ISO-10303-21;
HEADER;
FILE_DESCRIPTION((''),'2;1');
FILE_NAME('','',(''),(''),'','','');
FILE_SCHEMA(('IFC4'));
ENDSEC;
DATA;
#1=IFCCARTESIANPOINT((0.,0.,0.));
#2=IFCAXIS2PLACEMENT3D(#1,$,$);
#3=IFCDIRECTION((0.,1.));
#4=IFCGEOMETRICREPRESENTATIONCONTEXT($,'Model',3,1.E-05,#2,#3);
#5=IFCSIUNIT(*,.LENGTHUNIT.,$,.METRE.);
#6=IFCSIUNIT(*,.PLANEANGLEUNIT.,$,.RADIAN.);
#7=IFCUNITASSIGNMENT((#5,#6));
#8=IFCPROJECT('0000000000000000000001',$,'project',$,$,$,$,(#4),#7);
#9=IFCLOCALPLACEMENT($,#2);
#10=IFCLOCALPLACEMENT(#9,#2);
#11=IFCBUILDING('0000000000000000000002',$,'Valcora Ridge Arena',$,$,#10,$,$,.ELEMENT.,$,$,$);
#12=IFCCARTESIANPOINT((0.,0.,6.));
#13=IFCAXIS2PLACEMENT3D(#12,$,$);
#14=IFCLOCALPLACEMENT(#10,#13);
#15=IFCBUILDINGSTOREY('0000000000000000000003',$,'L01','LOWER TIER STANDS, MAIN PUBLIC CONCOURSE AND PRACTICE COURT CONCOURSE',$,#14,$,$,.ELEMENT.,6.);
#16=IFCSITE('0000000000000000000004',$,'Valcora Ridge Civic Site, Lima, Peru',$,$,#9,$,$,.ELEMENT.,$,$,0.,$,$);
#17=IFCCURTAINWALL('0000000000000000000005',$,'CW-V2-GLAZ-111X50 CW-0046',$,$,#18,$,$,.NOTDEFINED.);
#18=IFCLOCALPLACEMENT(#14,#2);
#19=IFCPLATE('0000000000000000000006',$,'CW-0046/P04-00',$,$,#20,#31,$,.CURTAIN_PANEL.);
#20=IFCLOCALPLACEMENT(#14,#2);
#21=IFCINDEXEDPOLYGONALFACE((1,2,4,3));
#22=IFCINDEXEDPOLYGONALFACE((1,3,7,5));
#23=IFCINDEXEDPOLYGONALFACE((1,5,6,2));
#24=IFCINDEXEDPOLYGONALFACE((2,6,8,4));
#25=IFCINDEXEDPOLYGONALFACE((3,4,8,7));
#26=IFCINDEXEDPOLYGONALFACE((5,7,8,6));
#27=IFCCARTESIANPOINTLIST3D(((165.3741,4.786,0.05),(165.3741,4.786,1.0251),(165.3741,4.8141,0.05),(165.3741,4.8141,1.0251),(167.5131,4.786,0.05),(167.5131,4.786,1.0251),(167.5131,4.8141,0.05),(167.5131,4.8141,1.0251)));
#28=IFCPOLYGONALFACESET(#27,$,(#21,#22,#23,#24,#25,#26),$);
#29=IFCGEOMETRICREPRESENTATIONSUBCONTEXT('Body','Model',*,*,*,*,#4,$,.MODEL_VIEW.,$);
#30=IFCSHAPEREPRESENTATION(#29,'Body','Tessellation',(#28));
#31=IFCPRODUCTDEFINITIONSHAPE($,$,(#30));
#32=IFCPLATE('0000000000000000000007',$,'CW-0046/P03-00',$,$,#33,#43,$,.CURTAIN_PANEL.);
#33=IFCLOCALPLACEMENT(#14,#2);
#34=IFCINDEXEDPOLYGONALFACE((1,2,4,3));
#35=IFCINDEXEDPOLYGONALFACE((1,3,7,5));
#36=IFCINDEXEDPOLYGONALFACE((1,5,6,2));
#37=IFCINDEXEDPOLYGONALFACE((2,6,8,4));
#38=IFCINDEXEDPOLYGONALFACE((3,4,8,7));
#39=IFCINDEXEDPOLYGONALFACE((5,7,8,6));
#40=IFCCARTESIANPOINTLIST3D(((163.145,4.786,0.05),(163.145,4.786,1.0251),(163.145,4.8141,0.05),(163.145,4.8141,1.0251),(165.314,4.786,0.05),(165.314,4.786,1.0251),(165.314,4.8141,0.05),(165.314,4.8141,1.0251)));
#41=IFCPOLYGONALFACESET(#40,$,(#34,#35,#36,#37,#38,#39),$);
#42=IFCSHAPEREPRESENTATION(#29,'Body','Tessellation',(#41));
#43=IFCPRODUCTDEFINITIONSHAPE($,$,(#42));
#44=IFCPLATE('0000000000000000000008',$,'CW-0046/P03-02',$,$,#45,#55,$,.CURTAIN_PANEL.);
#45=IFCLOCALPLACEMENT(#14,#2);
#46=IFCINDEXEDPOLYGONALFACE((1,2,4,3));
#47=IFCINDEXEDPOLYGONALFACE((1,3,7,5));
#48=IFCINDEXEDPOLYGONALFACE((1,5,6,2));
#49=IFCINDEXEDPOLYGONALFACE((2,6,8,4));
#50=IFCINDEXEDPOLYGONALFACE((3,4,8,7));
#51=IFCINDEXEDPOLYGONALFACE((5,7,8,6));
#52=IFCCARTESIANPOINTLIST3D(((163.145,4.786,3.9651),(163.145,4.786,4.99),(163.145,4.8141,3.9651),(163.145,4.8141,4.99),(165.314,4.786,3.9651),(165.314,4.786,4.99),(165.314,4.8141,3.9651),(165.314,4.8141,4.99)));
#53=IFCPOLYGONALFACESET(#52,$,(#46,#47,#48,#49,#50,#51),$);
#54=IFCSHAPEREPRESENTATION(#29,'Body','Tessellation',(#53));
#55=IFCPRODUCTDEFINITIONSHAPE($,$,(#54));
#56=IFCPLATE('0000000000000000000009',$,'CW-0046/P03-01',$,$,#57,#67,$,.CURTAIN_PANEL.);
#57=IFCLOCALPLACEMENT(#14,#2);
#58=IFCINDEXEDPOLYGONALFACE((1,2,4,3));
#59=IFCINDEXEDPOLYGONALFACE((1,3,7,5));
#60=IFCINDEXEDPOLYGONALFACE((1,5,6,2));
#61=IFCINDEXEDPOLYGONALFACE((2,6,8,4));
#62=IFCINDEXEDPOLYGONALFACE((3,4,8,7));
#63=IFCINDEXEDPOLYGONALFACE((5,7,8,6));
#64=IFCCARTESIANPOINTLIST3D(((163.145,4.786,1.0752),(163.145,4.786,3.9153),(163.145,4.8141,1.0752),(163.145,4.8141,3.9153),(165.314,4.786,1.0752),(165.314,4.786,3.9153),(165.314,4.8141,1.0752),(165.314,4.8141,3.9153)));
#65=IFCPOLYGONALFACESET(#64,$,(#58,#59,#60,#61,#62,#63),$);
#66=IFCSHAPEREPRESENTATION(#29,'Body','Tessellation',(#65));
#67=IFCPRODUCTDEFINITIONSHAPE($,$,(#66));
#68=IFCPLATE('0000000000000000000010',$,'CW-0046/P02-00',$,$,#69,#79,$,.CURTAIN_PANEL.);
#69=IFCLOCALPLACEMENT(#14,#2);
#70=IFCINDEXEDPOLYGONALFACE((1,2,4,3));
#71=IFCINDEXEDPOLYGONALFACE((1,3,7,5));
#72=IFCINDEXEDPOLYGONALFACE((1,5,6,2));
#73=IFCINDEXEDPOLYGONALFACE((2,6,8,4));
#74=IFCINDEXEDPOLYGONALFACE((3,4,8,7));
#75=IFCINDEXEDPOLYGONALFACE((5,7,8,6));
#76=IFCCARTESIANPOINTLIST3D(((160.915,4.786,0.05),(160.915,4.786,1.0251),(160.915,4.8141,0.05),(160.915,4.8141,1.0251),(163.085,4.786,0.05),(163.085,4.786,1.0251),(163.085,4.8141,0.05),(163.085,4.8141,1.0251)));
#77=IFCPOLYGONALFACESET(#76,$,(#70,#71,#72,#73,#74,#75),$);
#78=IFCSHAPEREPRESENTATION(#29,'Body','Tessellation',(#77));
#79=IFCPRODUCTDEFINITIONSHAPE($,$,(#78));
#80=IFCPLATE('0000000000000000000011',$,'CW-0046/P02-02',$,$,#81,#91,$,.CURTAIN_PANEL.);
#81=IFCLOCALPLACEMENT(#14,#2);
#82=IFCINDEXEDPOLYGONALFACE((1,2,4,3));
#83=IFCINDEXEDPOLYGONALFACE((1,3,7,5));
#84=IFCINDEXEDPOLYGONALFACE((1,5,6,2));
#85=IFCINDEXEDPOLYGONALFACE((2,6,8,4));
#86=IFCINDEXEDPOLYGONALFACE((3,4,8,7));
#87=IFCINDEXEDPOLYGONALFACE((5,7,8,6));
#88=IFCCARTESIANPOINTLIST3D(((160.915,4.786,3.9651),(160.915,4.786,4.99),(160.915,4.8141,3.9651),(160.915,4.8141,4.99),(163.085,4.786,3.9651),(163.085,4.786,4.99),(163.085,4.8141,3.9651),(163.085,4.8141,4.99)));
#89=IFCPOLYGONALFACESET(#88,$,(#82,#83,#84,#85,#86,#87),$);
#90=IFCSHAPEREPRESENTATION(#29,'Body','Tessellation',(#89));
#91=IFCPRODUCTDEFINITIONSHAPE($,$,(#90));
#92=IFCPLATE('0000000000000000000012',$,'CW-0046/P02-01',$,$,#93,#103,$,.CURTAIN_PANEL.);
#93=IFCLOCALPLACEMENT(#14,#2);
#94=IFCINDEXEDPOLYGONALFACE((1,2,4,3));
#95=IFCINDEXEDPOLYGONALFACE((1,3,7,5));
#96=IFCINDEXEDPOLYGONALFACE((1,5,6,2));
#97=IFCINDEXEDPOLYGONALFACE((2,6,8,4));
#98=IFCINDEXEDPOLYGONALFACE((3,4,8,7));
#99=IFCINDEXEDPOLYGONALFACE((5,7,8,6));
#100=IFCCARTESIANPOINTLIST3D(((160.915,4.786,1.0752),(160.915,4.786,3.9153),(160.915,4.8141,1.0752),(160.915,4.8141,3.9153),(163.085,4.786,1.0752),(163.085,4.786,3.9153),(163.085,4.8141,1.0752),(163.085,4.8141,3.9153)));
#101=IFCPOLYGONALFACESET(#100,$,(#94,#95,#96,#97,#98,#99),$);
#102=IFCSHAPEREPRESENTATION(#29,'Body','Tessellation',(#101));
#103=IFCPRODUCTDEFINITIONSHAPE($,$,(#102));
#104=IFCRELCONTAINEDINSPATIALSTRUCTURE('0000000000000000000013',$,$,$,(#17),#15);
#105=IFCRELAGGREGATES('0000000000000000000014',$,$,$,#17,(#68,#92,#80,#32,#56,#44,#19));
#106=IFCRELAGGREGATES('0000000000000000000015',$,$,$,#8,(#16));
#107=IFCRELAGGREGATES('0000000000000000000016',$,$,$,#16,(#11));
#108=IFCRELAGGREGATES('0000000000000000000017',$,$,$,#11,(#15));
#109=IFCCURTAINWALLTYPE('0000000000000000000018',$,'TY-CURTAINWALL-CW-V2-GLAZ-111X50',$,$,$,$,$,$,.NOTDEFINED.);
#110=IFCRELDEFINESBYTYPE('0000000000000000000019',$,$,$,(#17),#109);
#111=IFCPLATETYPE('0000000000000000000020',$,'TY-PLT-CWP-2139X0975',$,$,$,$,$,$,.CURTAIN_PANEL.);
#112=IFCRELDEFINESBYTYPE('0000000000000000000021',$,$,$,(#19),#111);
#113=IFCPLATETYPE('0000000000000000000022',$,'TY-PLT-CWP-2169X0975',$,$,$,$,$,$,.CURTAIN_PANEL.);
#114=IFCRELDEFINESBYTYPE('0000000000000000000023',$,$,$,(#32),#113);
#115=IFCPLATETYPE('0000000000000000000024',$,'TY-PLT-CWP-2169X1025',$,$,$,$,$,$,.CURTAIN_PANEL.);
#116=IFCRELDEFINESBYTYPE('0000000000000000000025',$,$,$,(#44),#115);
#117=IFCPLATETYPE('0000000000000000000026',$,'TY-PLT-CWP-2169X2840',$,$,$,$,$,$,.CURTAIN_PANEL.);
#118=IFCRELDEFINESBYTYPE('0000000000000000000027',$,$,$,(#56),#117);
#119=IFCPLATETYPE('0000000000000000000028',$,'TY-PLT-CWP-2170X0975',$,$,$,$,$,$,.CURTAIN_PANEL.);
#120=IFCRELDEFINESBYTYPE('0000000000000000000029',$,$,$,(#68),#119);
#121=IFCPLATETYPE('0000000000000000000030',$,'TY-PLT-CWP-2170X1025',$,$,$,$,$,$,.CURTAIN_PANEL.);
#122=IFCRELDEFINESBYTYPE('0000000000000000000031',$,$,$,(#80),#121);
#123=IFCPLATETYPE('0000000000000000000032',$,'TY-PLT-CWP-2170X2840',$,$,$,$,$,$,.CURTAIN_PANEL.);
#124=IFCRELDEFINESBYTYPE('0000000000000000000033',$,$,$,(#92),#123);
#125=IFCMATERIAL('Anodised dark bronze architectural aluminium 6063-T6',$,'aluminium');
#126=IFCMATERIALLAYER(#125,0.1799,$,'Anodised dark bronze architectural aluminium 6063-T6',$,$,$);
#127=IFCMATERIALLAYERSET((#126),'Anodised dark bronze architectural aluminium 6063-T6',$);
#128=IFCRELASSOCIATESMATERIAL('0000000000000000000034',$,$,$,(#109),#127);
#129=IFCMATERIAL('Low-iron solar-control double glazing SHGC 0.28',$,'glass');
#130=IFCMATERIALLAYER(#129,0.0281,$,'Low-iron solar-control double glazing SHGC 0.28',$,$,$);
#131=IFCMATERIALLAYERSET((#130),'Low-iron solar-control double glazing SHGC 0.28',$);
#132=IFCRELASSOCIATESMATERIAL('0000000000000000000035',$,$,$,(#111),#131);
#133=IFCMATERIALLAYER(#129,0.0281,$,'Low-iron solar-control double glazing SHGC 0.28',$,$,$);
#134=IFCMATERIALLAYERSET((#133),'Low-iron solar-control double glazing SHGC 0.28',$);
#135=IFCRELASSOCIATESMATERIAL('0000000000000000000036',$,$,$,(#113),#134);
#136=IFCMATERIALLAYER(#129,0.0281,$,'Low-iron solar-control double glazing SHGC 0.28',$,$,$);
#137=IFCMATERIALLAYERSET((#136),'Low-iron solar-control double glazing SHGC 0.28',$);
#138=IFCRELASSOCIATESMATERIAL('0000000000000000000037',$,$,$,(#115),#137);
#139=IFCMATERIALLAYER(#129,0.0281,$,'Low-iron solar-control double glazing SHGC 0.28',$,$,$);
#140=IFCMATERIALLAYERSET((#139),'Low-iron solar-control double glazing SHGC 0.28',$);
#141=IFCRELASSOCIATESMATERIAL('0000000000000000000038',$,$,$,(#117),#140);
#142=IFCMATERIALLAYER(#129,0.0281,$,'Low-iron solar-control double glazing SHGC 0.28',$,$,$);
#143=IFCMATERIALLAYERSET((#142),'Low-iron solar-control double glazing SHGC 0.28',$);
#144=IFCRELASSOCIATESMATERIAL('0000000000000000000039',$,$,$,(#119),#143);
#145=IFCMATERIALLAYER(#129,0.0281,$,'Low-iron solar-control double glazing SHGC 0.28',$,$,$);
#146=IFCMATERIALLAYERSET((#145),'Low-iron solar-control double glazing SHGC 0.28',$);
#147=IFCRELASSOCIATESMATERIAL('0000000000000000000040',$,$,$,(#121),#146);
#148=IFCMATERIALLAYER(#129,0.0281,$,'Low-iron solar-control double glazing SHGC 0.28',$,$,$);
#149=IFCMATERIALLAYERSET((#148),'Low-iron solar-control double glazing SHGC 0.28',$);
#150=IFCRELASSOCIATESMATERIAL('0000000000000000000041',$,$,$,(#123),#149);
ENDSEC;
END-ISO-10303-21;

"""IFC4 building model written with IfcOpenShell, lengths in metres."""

from ifc_helpers import new_model, si_unit, direction, frame, origin, origin_2d, place, context, subcontext, project, spatial, rectangle, extrude, material, layer, layer_set, type_object, element, aggregate, save


model = new_model("IFC4")

# Units and contexts
model_context = context("Model", 3, precision=1e-05, world=origin(), true_north=direction((0.0, 1.0)))
body_context = subcontext(model_context, "Body", "Model", "MODEL_VIEW")
ifc_project = project(units=[si_unit("LENGTHUNIT", "METRE"), si_unit("PLANEANGLEUNIT", "RADIAN")], contexts=[model_context])

# Site, building, storey
site_placement = place(None, origin())
site = spatial("IfcSite", under=ifc_project, at=site_placement, Name="Valcora Ridge Civic Site, Lima, Peru", CompositionType="ELEMENT", RefElevation=0.0)
building_placement = place(site_placement, origin())
building = spatial("IfcBuilding", under=site, at=building_placement, Name="Valcora Ridge Arena", CompositionType="ELEMENT")
storey_placement = place(building_placement, frame((0.0, 0.0, 6.0)))
storey = spatial("IfcBuildingStorey", under=building, at=storey_placement, Name="L01", Description="LOWER TIER STANDS, MAIN PUBLIC CONCOURSE AND PRACTICE COURT CONCOURSE", CompositionType="ELEMENT", Elevation=6.0)

# Curtain wall, plates
ifc_material_1 = material(Name="Anodised dark bronze architectural aluminium 6063-T6", Category="aluminium")
ifc_layer_1 = layer(ifc_material_1, 0.1799, Name="Anodised dark bronze architectural aluminium 6063-T6")
ifc_layer_set_1 = layer_set([ifc_layer_1], Name="Anodised dark bronze architectural aluminium 6063-T6")
curtain_wall_type = type_object("IfcCurtainWallType", Name="TY-CURTAINWALL-CW-V2-GLAZ-111X50", PredefinedType="NOTDEFINED", material=ifc_layer_set_1)
curtain_wall_placement = place(storey_placement, origin())
curtain_wall = element("IfcCurtainWall", 1, at=curtain_wall_placement, inside=storey, type_object=curtain_wall_type, Name="CW-V2-GLAZ-111X50 CW-0046", PredefinedType="NOTDEFINED")
ifc_material_2 = material(Name="Low-iron solar-control double glazing SHGC 0.28", Category="glass")
ifc_layer_2 = layer(ifc_material_2, 0.0281, Name="Low-iron solar-control double glazing SHGC 0.28")
ifc_layer_set_2 = layer_set([ifc_layer_2], Name="Low-iron solar-control double glazing SHGC 0.28")
plate_type_1 = type_object("IfcPlateType", Name="TY-PLT-CWP-2139X0975", PredefinedType="CURTAIN_PANEL", material=ifc_layer_set_2)
plate_1_placement = place(storey_placement, frame((166.4436, 4.8, 0.05), z_axis=(0.0, 0.0, 1.0), x_axis=(1.0, 0.0, 0.0)))
plate_1 = element("IfcPlate", 2, at=plate_1_placement, type_object=plate_type_1, Name="CW-0046/P04-00", PredefinedType="CURTAIN_PANEL", context=body_context, shape_type="SweptSolid", body=[
    extrude(rectangle(XDim=2.1389, YDim=0.0281, at=origin_2d()), origin(), (0.0, 0.0, 1.0), 0.9751),
])
ifc_layer_3 = layer(ifc_material_2, 0.0281, Name="Low-iron solar-control double glazing SHGC 0.28")
ifc_layer_set_3 = layer_set([ifc_layer_3], Name="Low-iron solar-control double glazing SHGC 0.28")
plate_type_2 = type_object("IfcPlateType", Name="TY-PLT-CWP-2169X0975", PredefinedType="CURTAIN_PANEL", material=ifc_layer_set_3)
plate_2_placement = place(storey_placement, frame((164.2295, 4.8, 0.05), z_axis=(0.0, 0.0, 1.0), x_axis=(1.0, 0.0, 0.0)))
plate_2 = element("IfcPlate", 3, at=plate_2_placement, type_object=plate_type_2, Name="CW-0046/P03-00", PredefinedType="CURTAIN_PANEL", context=body_context, shape_type="SweptSolid", body=[
    extrude(rectangle(XDim=2.1689, YDim=0.0281, at=origin_2d()), origin(), (0.0, 0.0, 1.0), 0.9751),
])
ifc_layer_4 = layer(ifc_material_2, 0.0281, Name="Low-iron solar-control double glazing SHGC 0.28")
ifc_layer_set_4 = layer_set([ifc_layer_4], Name="Low-iron solar-control double glazing SHGC 0.28")
plate_type_3 = type_object("IfcPlateType", Name="TY-PLT-CWP-2169X1025", PredefinedType="CURTAIN_PANEL", material=ifc_layer_set_4)
plate_3_placement = place(storey_placement, frame((164.2295, 4.8, 3.9651), z_axis=(0.0, 0.0, 1.0), x_axis=(1.0, 0.0, 0.0)))
plate_3 = element("IfcPlate", 4, at=plate_3_placement, type_object=plate_type_3, Name="CW-0046/P03-02", PredefinedType="CURTAIN_PANEL", context=body_context, shape_type="SweptSolid", body=[
    extrude(rectangle(XDim=2.1689, YDim=0.0281, at=origin_2d()), origin(), (0.0, 0.0, 1.0), 1.0249),
])
ifc_layer_5 = layer(ifc_material_2, 0.0281, Name="Low-iron solar-control double glazing SHGC 0.28")
ifc_layer_set_5 = layer_set([ifc_layer_5], Name="Low-iron solar-control double glazing SHGC 0.28")
plate_type_4 = type_object("IfcPlateType", Name="TY-PLT-CWP-2169X2840", PredefinedType="CURTAIN_PANEL", material=ifc_layer_set_5)
plate_4_placement = place(storey_placement, frame((164.2295, 4.8, 1.0752), z_axis=(0.0, 0.0, 1.0), x_axis=(1.0, 0.0, 0.0)))
plate_4 = element("IfcPlate", 5, at=plate_4_placement, type_object=plate_type_4, Name="CW-0046/P03-01", PredefinedType="CURTAIN_PANEL", context=body_context, shape_type="SweptSolid", body=[
    extrude(rectangle(XDim=2.1689, YDim=0.0281, at=origin_2d()), origin(), (0.0, 0.0, 1.0), 2.8401),
])
ifc_layer_6 = layer(ifc_material_2, 0.0281, Name="Low-iron solar-control double glazing SHGC 0.28")
ifc_layer_set_6 = layer_set([ifc_layer_6], Name="Low-iron solar-control double glazing SHGC 0.28")
plate_type_5 = type_object("IfcPlateType", Name="TY-PLT-CWP-2170X0975", PredefinedType="CURTAIN_PANEL", material=ifc_layer_set_6)
plate_5_placement = place(storey_placement, frame((162.0, 4.8, 0.05), z_axis=(0.0, 0.0, 1.0), x_axis=(1.0, 0.0, 0.0)))
plate_5 = element("IfcPlate", 6, at=plate_5_placement, type_object=plate_type_5, Name="CW-0046/P02-00", PredefinedType="CURTAIN_PANEL", context=body_context, shape_type="SweptSolid", body=[
    extrude(rectangle(XDim=2.1699, YDim=0.0281, at=origin_2d()), origin(), (0.0, 0.0, 1.0), 0.9751),
])
ifc_layer_7 = layer(ifc_material_2, 0.0281, Name="Low-iron solar-control double glazing SHGC 0.28")
ifc_layer_set_7 = layer_set([ifc_layer_7], Name="Low-iron solar-control double glazing SHGC 0.28")
plate_type_6 = type_object("IfcPlateType", Name="TY-PLT-CWP-2170X1025", PredefinedType="CURTAIN_PANEL", material=ifc_layer_set_7)
plate_6_placement = place(storey_placement, frame((162.0, 4.8, 3.9651), z_axis=(0.0, 0.0, 1.0), x_axis=(1.0, 0.0, 0.0)))
plate_6 = element("IfcPlate", 7, at=plate_6_placement, type_object=plate_type_6, Name="CW-0046/P02-02", PredefinedType="CURTAIN_PANEL", context=body_context, shape_type="SweptSolid", body=[
    extrude(rectangle(XDim=2.1699, YDim=0.0281, at=origin_2d()), origin(), (0.0, 0.0, 1.0), 1.0249),
])
ifc_layer_8 = layer(ifc_material_2, 0.0281, Name="Low-iron solar-control double glazing SHGC 0.28")
ifc_layer_set_8 = layer_set([ifc_layer_8], Name="Low-iron solar-control double glazing SHGC 0.28")
plate_type_7 = type_object("IfcPlateType", Name="TY-PLT-CWP-2170X2840", PredefinedType="CURTAIN_PANEL", material=ifc_layer_set_8)
plate_7_placement = place(storey_placement, frame((162.0, 4.8, 1.0752), z_axis=(0.0, 0.0, 1.0), x_axis=(1.0, 0.0, 0.0)))
plate_7 = element("IfcPlate", 8, at=plate_7_placement, type_object=plate_type_7, Name="CW-0046/P02-01", PredefinedType="CURTAIN_PANEL", context=body_context, shape_type="SweptSolid", body=[
    extrude(rectangle(XDim=2.1699, YDim=0.0281, at=origin_2d()), origin(), (0.0, 0.0, 1.0), 2.8401),
])
aggregate(curtain_wall, [plate_5, plate_7, plate_6, plate_2, plate_4, plate_3, plate_1])

save(model, "model.ifc")
